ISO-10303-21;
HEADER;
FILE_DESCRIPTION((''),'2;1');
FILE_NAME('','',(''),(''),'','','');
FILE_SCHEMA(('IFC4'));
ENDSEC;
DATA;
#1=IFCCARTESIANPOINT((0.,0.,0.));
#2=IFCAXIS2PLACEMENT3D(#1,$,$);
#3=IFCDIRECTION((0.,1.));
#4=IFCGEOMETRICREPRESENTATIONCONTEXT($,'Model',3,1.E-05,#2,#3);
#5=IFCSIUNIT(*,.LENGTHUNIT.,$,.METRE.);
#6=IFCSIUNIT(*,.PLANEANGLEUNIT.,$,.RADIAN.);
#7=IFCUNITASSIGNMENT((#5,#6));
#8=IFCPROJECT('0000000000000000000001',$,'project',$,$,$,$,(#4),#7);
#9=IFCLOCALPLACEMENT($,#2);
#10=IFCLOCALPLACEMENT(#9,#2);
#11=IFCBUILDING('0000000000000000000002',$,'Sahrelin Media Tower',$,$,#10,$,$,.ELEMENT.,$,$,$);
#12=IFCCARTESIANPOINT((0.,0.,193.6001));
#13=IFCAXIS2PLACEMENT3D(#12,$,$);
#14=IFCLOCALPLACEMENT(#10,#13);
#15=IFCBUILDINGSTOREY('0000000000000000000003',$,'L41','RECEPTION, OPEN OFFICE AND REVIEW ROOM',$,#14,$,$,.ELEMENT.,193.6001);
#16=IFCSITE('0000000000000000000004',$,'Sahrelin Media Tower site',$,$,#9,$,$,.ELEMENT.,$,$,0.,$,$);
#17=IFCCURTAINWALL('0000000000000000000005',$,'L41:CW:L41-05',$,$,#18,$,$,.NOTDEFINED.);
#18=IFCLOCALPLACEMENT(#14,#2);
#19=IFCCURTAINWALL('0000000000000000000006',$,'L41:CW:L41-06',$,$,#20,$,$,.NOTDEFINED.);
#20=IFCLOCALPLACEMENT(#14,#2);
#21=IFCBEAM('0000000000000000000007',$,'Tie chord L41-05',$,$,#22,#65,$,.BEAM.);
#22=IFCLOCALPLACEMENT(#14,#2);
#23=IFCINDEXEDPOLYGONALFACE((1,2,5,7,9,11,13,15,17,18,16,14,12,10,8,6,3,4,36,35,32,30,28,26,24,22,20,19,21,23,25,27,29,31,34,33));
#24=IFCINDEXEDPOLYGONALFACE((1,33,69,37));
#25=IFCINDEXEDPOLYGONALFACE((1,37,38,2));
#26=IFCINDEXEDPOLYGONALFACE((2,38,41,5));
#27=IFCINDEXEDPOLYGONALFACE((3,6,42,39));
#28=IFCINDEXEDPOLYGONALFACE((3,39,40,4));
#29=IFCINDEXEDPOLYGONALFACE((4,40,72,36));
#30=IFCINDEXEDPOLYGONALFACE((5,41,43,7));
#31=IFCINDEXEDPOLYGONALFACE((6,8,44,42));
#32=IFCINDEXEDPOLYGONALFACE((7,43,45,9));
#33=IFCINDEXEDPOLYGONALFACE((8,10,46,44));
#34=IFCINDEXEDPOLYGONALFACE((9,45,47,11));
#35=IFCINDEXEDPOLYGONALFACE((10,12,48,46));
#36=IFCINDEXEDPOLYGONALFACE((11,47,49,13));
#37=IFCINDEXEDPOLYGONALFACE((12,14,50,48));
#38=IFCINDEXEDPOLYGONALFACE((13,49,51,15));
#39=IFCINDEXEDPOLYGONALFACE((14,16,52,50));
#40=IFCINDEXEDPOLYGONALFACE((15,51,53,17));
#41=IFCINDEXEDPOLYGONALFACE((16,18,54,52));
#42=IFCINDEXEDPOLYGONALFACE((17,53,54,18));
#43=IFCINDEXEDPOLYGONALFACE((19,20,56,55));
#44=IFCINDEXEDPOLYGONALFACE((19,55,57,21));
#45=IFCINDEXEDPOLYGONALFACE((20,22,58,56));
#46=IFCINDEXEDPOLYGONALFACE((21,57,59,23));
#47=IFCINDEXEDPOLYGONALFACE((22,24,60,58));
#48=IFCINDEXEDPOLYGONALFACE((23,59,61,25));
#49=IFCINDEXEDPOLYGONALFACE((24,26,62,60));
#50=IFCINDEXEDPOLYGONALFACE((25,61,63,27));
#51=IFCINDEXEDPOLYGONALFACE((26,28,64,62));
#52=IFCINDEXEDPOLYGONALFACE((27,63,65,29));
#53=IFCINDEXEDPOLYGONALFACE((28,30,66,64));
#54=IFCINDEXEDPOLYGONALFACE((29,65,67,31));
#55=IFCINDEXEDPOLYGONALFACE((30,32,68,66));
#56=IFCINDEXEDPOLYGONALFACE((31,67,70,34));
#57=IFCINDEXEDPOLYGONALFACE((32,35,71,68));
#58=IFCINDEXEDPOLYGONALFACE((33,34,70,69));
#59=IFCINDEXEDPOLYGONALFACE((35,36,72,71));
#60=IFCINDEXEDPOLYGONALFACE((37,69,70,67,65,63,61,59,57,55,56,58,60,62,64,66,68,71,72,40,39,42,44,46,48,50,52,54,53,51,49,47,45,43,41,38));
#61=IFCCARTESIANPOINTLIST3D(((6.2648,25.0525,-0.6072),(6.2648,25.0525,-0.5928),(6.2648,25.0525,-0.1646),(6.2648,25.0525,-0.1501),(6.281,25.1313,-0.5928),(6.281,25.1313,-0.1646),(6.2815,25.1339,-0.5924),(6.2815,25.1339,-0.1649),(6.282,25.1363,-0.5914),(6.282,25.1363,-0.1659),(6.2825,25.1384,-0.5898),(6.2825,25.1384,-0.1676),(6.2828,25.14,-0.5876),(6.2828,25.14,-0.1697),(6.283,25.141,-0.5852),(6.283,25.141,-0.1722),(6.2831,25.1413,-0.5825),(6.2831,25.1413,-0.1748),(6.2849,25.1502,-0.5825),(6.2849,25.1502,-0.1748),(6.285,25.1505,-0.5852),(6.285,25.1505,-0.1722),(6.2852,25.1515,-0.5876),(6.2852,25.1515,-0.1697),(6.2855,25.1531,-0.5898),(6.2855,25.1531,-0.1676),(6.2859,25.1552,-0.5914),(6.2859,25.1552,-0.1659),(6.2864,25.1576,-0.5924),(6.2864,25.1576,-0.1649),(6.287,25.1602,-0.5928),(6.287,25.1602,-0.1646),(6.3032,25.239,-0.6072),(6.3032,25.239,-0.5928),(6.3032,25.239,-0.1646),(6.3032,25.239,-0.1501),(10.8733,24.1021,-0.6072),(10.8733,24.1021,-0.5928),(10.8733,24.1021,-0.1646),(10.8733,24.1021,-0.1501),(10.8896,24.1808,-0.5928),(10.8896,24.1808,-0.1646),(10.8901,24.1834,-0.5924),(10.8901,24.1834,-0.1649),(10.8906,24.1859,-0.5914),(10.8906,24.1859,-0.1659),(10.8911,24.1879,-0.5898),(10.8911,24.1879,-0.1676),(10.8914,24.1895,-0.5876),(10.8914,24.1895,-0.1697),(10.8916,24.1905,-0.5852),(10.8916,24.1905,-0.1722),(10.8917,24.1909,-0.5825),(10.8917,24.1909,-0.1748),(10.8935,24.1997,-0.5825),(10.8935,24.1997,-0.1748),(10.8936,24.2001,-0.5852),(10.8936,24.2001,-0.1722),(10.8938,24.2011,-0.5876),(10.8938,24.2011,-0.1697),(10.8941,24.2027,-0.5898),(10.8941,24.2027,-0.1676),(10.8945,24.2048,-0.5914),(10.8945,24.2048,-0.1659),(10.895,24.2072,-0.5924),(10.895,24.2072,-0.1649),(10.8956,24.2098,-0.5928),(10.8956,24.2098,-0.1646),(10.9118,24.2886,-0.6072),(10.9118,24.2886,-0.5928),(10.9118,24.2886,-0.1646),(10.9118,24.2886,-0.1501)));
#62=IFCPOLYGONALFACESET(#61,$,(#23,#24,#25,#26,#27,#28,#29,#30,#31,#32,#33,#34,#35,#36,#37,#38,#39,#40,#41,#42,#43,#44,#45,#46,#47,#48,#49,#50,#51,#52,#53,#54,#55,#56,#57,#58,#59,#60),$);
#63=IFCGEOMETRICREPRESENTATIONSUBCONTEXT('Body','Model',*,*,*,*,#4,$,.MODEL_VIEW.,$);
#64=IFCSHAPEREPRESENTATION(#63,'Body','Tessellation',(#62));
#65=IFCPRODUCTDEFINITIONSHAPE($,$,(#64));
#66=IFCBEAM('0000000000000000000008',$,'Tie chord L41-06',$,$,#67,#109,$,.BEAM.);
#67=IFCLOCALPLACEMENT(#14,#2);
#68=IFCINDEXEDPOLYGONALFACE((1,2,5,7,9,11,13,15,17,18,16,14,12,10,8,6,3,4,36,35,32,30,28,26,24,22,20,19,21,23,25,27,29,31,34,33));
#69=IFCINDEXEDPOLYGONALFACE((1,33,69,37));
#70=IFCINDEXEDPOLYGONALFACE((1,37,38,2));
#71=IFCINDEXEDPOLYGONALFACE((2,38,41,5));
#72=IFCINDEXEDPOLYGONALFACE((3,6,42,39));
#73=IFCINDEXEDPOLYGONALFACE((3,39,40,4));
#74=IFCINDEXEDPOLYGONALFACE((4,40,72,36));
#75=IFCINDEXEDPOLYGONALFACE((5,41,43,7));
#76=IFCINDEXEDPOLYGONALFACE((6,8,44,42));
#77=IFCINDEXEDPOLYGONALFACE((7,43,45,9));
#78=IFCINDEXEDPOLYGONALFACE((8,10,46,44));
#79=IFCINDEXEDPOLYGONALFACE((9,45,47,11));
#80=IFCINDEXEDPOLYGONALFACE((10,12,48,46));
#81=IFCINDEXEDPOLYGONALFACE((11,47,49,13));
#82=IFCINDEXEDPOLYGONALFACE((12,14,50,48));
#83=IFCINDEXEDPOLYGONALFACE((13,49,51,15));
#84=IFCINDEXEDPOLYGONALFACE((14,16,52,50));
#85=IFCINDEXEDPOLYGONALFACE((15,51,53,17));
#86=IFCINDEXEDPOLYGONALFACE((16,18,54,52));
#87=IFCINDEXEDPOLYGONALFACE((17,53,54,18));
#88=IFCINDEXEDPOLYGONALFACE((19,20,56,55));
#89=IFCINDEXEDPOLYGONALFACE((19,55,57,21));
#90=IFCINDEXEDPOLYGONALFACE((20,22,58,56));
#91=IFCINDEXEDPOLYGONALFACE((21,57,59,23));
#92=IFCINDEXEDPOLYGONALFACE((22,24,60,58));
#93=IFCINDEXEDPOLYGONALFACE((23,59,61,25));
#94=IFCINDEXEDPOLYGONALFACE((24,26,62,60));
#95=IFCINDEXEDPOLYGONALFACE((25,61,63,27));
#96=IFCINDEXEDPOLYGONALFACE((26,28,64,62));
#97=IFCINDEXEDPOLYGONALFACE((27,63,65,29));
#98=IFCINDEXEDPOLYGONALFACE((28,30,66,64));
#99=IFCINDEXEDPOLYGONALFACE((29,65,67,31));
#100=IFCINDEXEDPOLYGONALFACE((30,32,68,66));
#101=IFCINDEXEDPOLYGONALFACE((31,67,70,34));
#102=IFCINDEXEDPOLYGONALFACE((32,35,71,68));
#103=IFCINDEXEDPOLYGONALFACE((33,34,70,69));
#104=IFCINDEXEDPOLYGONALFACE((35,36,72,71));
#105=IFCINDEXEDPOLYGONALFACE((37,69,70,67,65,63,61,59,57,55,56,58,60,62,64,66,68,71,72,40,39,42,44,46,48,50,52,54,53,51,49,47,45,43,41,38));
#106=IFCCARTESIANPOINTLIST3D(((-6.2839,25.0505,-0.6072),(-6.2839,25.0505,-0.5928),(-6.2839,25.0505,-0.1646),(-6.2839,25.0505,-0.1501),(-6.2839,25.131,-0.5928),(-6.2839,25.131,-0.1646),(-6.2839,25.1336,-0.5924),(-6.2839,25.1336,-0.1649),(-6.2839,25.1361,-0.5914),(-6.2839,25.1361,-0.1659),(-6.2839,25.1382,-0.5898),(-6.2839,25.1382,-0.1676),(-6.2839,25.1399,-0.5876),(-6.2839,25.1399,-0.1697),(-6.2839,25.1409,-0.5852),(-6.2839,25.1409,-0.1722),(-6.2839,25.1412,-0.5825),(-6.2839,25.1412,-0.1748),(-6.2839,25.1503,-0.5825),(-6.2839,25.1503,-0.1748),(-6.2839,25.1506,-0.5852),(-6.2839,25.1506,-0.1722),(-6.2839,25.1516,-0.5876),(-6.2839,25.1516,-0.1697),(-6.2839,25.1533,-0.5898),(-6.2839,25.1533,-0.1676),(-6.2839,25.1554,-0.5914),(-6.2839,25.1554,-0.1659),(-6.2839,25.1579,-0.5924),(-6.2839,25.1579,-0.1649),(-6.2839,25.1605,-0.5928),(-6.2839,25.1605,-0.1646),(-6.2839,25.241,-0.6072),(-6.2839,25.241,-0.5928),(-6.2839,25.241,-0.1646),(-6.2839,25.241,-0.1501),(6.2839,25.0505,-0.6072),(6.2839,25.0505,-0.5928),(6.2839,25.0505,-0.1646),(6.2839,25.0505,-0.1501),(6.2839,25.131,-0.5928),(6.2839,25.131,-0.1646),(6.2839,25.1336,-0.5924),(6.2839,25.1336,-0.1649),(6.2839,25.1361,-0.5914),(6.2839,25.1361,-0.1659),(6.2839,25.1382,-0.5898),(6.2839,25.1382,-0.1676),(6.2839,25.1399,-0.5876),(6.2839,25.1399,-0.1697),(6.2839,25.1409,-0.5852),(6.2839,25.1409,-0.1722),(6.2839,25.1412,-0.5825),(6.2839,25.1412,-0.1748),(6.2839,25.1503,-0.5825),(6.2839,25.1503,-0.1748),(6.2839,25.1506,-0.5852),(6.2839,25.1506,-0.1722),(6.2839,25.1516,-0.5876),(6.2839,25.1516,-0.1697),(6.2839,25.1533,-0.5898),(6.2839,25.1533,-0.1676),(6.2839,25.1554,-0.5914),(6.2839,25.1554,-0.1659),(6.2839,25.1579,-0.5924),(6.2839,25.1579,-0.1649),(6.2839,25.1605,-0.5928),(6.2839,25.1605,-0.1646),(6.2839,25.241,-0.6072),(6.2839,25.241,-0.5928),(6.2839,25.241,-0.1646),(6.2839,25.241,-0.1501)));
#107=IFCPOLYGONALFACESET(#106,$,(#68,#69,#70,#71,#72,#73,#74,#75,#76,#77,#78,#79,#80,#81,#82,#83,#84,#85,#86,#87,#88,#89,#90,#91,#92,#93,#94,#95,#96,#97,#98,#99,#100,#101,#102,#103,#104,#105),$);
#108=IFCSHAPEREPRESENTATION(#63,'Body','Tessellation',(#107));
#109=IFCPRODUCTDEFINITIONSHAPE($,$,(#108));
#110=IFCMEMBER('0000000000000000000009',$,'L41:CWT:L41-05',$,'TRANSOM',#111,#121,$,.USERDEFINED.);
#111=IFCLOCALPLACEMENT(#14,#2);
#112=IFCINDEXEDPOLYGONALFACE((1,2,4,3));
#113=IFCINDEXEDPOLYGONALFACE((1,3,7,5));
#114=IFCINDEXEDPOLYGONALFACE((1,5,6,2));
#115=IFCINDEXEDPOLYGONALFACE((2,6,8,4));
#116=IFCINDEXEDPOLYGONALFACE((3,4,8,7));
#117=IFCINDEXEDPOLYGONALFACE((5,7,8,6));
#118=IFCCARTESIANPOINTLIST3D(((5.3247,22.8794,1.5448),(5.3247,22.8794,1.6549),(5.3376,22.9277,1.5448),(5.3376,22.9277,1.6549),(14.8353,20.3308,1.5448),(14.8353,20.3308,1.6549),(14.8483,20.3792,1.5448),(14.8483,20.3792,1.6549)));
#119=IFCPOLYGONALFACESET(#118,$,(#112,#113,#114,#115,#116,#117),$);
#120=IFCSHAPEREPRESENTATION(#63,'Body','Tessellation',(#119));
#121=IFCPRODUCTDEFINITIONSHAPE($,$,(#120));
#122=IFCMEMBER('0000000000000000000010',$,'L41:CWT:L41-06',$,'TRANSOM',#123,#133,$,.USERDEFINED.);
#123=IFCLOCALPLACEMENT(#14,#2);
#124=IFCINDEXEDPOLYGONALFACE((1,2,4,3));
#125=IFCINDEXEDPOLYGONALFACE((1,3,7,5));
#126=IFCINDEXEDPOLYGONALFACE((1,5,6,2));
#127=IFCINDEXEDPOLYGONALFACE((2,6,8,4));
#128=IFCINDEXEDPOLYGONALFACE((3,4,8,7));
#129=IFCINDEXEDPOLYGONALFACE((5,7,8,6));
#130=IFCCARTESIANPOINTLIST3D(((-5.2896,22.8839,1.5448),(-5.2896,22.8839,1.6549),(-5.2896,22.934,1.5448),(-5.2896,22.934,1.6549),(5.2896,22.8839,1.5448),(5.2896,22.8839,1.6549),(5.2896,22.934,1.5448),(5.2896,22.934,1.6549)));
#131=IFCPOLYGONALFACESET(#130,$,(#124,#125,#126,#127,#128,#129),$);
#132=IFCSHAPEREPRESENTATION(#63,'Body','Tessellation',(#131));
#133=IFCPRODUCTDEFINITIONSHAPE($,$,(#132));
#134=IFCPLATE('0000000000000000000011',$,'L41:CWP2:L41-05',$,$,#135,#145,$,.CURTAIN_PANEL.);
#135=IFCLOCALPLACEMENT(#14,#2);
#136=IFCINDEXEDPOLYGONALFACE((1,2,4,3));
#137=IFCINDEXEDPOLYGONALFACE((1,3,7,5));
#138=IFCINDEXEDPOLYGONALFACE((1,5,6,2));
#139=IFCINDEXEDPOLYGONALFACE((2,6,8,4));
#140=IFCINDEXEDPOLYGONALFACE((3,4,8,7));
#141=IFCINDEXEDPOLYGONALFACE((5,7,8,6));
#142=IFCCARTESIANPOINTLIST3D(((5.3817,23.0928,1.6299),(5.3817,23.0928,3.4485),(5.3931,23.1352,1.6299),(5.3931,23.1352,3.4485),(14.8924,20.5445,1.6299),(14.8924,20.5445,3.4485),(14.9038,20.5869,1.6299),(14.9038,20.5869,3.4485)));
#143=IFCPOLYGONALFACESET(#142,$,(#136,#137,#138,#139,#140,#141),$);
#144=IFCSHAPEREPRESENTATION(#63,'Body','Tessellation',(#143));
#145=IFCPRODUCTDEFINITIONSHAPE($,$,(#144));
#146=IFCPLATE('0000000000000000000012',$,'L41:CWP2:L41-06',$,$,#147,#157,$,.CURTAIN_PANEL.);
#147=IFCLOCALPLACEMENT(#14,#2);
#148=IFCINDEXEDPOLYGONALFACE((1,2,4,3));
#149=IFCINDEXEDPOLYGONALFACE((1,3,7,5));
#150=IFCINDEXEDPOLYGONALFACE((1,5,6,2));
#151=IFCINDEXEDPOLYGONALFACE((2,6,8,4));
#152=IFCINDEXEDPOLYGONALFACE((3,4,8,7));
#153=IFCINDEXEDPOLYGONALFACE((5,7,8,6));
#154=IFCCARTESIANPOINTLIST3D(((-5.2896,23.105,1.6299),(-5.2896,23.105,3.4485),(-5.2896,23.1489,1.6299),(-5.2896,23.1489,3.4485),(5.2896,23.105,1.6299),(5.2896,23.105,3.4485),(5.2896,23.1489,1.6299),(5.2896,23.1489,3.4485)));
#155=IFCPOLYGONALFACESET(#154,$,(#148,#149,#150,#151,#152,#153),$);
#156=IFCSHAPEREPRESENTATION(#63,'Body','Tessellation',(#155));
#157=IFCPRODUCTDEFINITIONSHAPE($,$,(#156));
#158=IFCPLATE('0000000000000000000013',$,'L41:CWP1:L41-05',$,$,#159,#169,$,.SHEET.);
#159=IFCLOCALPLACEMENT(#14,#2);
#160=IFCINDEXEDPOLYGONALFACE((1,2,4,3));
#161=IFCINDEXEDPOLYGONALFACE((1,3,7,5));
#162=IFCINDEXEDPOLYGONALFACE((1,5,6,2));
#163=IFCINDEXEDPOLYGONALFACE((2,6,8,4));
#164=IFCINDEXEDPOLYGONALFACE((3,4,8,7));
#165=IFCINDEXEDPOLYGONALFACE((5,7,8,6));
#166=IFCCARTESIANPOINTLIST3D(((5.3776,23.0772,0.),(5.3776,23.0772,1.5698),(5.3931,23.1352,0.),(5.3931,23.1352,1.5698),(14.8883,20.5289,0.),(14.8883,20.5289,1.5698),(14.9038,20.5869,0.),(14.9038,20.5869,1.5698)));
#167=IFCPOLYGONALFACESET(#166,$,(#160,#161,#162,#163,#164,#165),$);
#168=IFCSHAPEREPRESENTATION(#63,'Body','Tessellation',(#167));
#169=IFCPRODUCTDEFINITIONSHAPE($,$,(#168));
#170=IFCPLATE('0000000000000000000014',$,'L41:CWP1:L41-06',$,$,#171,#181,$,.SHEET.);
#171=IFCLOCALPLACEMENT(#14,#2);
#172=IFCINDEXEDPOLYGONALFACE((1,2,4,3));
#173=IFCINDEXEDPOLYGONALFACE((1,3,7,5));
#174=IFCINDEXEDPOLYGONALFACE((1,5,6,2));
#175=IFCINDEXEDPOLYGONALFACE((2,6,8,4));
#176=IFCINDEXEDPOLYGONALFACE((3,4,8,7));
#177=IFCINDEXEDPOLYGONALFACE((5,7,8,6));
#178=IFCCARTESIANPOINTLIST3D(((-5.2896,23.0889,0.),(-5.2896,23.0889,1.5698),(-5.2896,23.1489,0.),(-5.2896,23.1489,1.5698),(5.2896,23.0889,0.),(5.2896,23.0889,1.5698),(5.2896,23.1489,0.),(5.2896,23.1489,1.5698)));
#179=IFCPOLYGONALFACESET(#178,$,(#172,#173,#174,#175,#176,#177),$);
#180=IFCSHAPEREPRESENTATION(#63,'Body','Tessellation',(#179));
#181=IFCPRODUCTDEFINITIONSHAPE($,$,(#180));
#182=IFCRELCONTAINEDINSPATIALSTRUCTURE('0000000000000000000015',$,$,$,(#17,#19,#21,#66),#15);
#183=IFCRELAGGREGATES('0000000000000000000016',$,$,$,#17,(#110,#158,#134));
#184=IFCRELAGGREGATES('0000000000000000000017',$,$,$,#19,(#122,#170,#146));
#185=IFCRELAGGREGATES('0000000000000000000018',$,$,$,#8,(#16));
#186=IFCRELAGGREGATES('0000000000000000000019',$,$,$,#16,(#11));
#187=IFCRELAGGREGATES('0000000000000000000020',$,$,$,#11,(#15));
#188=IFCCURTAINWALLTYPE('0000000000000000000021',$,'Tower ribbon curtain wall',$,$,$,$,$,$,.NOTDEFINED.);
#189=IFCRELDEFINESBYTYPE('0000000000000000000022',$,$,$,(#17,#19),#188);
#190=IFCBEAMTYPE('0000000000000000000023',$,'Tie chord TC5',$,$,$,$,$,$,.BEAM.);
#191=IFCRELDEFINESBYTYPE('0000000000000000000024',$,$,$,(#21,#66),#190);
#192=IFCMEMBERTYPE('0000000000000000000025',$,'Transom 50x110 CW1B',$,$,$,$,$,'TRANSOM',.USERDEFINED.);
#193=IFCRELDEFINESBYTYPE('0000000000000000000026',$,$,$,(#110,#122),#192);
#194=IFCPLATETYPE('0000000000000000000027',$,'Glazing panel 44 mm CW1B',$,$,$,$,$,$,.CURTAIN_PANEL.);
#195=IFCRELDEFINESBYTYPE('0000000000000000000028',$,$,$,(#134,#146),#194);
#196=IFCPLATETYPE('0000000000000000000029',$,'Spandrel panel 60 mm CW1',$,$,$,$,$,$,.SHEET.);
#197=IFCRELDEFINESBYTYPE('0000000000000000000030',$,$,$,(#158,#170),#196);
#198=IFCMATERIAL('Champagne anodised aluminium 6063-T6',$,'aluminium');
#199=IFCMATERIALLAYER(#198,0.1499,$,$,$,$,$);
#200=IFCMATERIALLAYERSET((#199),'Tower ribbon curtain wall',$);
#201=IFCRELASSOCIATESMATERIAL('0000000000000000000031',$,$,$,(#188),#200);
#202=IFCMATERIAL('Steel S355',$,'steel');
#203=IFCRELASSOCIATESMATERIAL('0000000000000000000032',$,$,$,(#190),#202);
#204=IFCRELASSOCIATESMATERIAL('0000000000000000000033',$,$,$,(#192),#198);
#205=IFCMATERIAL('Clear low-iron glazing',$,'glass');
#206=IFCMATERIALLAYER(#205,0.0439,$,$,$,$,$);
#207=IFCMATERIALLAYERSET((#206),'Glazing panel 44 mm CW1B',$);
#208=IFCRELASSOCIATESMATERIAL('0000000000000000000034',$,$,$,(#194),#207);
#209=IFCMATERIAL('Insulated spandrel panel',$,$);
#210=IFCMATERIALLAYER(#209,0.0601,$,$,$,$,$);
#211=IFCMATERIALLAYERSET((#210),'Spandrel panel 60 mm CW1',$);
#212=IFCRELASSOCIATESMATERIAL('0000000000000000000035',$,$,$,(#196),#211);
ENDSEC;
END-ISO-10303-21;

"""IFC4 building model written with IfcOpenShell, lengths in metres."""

from ifc_helpers import new_model, si_unit, direction, frame, origin, origin_2d, place, context, subcontext, project, spatial, polyline, rectangle, i_section, outline, extrude, material, layer, layer_set, material_profile, profile_set, type_object, element, aggregate, save


model = new_model("IFC4")

# Units and contexts
model_context = context("Model", 3, precision=1e-05, world=origin(), true_north=direction((0.0, 1.0)))
body_context = subcontext(model_context, "Body", "Model", "MODEL_VIEW")
ifc_project = project(units=[si_unit("LENGTHUNIT", "METRE"), si_unit("PLANEANGLEUNIT", "RADIAN")], contexts=[model_context])

# Site, building, storey
site_placement = place(None, origin())
site = spatial("IfcSite", under=ifc_project, at=site_placement, Name="Sahrelin Media Tower site", CompositionType="ELEMENT", RefElevation=0.0)
building_placement = place(site_placement, origin())
building = spatial("IfcBuilding", under=site, at=building_placement, Name="Sahrelin Media Tower", CompositionType="ELEMENT")
storey_placement = place(building_placement, frame((0.0, 0.0, 193.6001)))
storey = spatial("IfcBuildingStorey", under=building, at=storey_placement, Name="L41", Description="RECEPTION, OPEN OFFICE AND REVIEW ROOM", CompositionType="ELEMENT", Elevation=193.6001)

# Shared definitions
ifc_material_1 = material(Name="Steel S355", Category="steel")

# Curtain walls
ifc_material_2 = material(Name="Champagne anodised aluminium 6063-T6", Category="aluminium")
ifc_layer_1 = layer(ifc_material_2, 0.1499)
ifc_layer_set_1 = layer_set([ifc_layer_1], Name="Tower ribbon curtain wall")
curtain_wall_type = type_object("IfcCurtainWallType", Name="Tower ribbon curtain wall", PredefinedType="NOTDEFINED", material=ifc_layer_set_1)
curtain_wall_1_placement = place(storey_placement, frame((10.1433, 21.8418, 0.0), z_axis=(0.0, 0.0, 1.0), x_axis=(1.0, 0.0, 0.0)))
curtain_wall_1 = element("IfcCurtainWall", 1, at=curtain_wall_1_placement, inside=storey, type_object=curtain_wall_type, Name="L41:CW:L41-05", PredefinedType="NOTDEFINED")
placement_1 = place(storey_placement, frame((0.0, 23.1289, 0.0), z_axis=(0.0, 0.0, 1.0), x_axis=(1.0, 0.0, 0.0)))
curtain_wall_2 = element("IfcCurtainWall", 2, at=placement_1, inside=storey, type_object=curtain_wall_type, Name="L41:CW:L41-06", PredefinedType="NOTDEFINED")

# Beams
ifc_material_profile_1 = material_profile(ifc_material_1, i_section(OverallWidth=0.1904, OverallDepth=0.457, WebThickness=0.009, FlangeThickness=0.0144, FilletRadius=0.0103, at=origin_2d()), Name="UB 457x191x74")
ifc_profile_set_1 = profile_set([ifc_material_profile_1], Name="Steel S355")
beam_type_1 = type_object("IfcBeamType", Name="Tie chord TC5", PredefinedType="BEAM", material=ifc_profile_set_1)
beam_1_placement = place(storey_placement, frame((10.8926, 24.1953, -0.3787), z_axis=(-0.97939, 0.201979, 0.0), x_axis=(-0.201979, -0.97939, 0.0)))
element("IfcBeam", 3, at=beam_1_placement, inside=storey, type_object=beam_type_1, Name="Tie chord L41-05", PredefinedType="BEAM", context=body_context, shape_type="SweptSolid", body=[
    extrude(i_section(OverallWidth=0.1904, OverallDepth=0.457, WebThickness=0.009, FlangeThickness=0.0144, FilletRadius=0.0103, at=origin_2d()), origin(), (0.0, 0.0, 1.0), 4.7056),
])
beam_2_placement = place(storey_placement, frame((6.2839, 25.1458, -0.3787), z_axis=(-1.0, 0.0, 0.0), x_axis=(0.0, -1.0, 0.0)))
element("IfcBeam", 4, at=beam_2_placement, inside=storey, type_object=beam_type_1, Name="Tie chord L41-06", PredefinedType="BEAM", context=body_context, shape_type="SweptSolid", body=[
    extrude(i_section(OverallWidth=0.1904, OverallDepth=0.457, WebThickness=0.009, FlangeThickness=0.0144, FilletRadius=0.0103, at=origin_2d()), origin(), (0.0, 0.0, 1.0), 12.5679),
])

# Members
ifc_material_profile_2 = material_profile(ifc_material_2, rectangle(XDim=0.05, YDim=0.1101, at=origin_2d()), Name="Transom 50x110")
ifc_profile_set_2 = profile_set([ifc_material_profile_2], Name="Champagne anodised aluminium 6063-T6")
member_type_1 = type_object("IfcMemberType", Name="Transom 50x110 CW1B", ElementType="TRANSOM", PredefinedType="USERDEFINED", material=ifc_profile_set_2)
member_1_placement = place(storey_placement, frame((14.8418, 20.355, 1.5999), z_axis=(-0.965921, 0.258837, 0.0), x_axis=(-0.258837, -0.965921, 0.0)))
member_1 = element("IfcMember", 5, at=member_1_placement, type_object=member_type_1, Name="L41:CWT:L41-05", ObjectType="TRANSOM", PredefinedType="USERDEFINED", context=body_context, shape_type="SweptSolid", body=[
    extrude(rectangle(XDim=0.05, YDim=0.1101, at=origin_2d()), origin(), (0.0, 0.0, 1.0), 9.8462),
])
member_2_placement = place(storey_placement, frame((5.2896, 22.9089, 1.5999), z_axis=(-1.0, 0.0, 0.0), x_axis=(0.0, -1.0, 0.0)))
member_2 = element("IfcMember", 6, at=member_2_placement, type_object=member_type_1, Name="L41:CWT:L41-06", ObjectType="TRANSOM", PredefinedType="USERDEFINED", context=body_context, shape_type="SweptSolid", body=[
    extrude(rectangle(XDim=0.05, YDim=0.1101, at=origin_2d()), origin(), (0.0, 0.0, 1.0), 10.5791),
])

# Plates
ifc_material_3 = material(Name="Clear low-iron glazing", Category="glass")
ifc_layer_2 = layer(ifc_material_3, 0.0439)
ifc_layer_set_2 = layer_set([ifc_layer_2], Name="Glazing panel 44 mm CW1B")
plate_type_1 = type_object("IfcPlateType", Name="Glazing panel 44 mm CW1B", PredefinedType="CURTAIN_PANEL", material=ifc_layer_set_2)
plate_1_placement = place(storey_placement, frame((14.9038, 20.5869, 1.6299), z_axis=(0.258814, 0.965927, 0.0), x_axis=(-0.965927, 0.258814, 0.0)))
plate_1 = element("IfcPlate", 7, at=plate_1_placement, type_object=plate_type_1, Name="L41:CWP2:L41-05", PredefinedType="CURTAIN_PANEL", context=body_context, shape_type="SweptSolid", body=[
    extrude(outline(polyline([(0.0, 0.0), (9.8462, 0.0), (9.8462, 1.8186), (0.0, 1.8186), (0.0, 0.0)])), origin(), (0.0, 0.0, -1.0), 0.0439),
])
plate_2_placement = place(storey_placement, frame((5.2896, 23.1489, 1.6299), z_axis=(0.0, 1.0, 0.0), x_axis=(-1.0, 0.0, 0.0)))
plate_2 = element("IfcPlate", 8, at=plate_2_placement, type_object=plate_type_1, Name="L41:CWP2:L41-06", PredefinedType="CURTAIN_PANEL", context=body_context, shape_type="SweptSolid", body=[
    extrude(outline(polyline([(0.0, 0.0), (10.5791, 0.0), (10.5791, 1.8186), (0.0, 1.8186), (0.0, 0.0)])), origin(), (0.0, 0.0, -1.0), 0.0439),
])
ifc_material_4 = material(Name="Insulated spandrel panel")
ifc_layer_3 = layer(ifc_material_4, 0.0601)
ifc_layer_set_3 = layer_set([ifc_layer_3], Name="Spandrel panel 60 mm CW1")
plate_type_2 = type_object("IfcPlateType", Name="Spandrel panel 60 mm CW1", PredefinedType="SHEET", material=ifc_layer_set_3)
plate_3_placement = place(storey_placement, frame((14.9038, 20.5869, 0.0), z_axis=(0.258814, 0.965927, 0.0), x_axis=(-0.965927, 0.258814, 0.0)))
plate_3 = element("IfcPlate", 9, at=plate_3_placement, type_object=plate_type_2, Name="L41:CWP1:L41-05", PredefinedType="SHEET", context=body_context, shape_type="SweptSolid", body=[
    extrude(outline(polyline([(0.0, 0.0), (9.8462, 0.0), (9.8462, 1.5698), (0.0, 1.5698), (0.0, 0.0)])), origin(), (0.0, 0.0, -1.0), 0.0601),
])
aggregate(curtain_wall_1, [member_1, plate_3, plate_1])
plate_4_placement = place(storey_placement, frame((5.2896, 23.1489, 0.0), z_axis=(0.0, 1.0, 0.0), x_axis=(-1.0, 0.0, 0.0)))
plate_4 = element("IfcPlate", 10, at=plate_4_placement, type_object=plate_type_2, Name="L41:CWP1:L41-06", PredefinedType="SHEET", context=body_context, shape_type="SweptSolid", body=[
    extrude(outline(polyline([(0.0, 0.0), (10.5791, 0.0), (10.5791, 1.5698), (0.0, 1.5698), (0.0, 0.0)])), origin(), (0.0, 0.0, -1.0), 0.0601),
])
aggregate(curtain_wall_2, [member_2, plate_4, plate_2])

save(model, "model.ifc")
